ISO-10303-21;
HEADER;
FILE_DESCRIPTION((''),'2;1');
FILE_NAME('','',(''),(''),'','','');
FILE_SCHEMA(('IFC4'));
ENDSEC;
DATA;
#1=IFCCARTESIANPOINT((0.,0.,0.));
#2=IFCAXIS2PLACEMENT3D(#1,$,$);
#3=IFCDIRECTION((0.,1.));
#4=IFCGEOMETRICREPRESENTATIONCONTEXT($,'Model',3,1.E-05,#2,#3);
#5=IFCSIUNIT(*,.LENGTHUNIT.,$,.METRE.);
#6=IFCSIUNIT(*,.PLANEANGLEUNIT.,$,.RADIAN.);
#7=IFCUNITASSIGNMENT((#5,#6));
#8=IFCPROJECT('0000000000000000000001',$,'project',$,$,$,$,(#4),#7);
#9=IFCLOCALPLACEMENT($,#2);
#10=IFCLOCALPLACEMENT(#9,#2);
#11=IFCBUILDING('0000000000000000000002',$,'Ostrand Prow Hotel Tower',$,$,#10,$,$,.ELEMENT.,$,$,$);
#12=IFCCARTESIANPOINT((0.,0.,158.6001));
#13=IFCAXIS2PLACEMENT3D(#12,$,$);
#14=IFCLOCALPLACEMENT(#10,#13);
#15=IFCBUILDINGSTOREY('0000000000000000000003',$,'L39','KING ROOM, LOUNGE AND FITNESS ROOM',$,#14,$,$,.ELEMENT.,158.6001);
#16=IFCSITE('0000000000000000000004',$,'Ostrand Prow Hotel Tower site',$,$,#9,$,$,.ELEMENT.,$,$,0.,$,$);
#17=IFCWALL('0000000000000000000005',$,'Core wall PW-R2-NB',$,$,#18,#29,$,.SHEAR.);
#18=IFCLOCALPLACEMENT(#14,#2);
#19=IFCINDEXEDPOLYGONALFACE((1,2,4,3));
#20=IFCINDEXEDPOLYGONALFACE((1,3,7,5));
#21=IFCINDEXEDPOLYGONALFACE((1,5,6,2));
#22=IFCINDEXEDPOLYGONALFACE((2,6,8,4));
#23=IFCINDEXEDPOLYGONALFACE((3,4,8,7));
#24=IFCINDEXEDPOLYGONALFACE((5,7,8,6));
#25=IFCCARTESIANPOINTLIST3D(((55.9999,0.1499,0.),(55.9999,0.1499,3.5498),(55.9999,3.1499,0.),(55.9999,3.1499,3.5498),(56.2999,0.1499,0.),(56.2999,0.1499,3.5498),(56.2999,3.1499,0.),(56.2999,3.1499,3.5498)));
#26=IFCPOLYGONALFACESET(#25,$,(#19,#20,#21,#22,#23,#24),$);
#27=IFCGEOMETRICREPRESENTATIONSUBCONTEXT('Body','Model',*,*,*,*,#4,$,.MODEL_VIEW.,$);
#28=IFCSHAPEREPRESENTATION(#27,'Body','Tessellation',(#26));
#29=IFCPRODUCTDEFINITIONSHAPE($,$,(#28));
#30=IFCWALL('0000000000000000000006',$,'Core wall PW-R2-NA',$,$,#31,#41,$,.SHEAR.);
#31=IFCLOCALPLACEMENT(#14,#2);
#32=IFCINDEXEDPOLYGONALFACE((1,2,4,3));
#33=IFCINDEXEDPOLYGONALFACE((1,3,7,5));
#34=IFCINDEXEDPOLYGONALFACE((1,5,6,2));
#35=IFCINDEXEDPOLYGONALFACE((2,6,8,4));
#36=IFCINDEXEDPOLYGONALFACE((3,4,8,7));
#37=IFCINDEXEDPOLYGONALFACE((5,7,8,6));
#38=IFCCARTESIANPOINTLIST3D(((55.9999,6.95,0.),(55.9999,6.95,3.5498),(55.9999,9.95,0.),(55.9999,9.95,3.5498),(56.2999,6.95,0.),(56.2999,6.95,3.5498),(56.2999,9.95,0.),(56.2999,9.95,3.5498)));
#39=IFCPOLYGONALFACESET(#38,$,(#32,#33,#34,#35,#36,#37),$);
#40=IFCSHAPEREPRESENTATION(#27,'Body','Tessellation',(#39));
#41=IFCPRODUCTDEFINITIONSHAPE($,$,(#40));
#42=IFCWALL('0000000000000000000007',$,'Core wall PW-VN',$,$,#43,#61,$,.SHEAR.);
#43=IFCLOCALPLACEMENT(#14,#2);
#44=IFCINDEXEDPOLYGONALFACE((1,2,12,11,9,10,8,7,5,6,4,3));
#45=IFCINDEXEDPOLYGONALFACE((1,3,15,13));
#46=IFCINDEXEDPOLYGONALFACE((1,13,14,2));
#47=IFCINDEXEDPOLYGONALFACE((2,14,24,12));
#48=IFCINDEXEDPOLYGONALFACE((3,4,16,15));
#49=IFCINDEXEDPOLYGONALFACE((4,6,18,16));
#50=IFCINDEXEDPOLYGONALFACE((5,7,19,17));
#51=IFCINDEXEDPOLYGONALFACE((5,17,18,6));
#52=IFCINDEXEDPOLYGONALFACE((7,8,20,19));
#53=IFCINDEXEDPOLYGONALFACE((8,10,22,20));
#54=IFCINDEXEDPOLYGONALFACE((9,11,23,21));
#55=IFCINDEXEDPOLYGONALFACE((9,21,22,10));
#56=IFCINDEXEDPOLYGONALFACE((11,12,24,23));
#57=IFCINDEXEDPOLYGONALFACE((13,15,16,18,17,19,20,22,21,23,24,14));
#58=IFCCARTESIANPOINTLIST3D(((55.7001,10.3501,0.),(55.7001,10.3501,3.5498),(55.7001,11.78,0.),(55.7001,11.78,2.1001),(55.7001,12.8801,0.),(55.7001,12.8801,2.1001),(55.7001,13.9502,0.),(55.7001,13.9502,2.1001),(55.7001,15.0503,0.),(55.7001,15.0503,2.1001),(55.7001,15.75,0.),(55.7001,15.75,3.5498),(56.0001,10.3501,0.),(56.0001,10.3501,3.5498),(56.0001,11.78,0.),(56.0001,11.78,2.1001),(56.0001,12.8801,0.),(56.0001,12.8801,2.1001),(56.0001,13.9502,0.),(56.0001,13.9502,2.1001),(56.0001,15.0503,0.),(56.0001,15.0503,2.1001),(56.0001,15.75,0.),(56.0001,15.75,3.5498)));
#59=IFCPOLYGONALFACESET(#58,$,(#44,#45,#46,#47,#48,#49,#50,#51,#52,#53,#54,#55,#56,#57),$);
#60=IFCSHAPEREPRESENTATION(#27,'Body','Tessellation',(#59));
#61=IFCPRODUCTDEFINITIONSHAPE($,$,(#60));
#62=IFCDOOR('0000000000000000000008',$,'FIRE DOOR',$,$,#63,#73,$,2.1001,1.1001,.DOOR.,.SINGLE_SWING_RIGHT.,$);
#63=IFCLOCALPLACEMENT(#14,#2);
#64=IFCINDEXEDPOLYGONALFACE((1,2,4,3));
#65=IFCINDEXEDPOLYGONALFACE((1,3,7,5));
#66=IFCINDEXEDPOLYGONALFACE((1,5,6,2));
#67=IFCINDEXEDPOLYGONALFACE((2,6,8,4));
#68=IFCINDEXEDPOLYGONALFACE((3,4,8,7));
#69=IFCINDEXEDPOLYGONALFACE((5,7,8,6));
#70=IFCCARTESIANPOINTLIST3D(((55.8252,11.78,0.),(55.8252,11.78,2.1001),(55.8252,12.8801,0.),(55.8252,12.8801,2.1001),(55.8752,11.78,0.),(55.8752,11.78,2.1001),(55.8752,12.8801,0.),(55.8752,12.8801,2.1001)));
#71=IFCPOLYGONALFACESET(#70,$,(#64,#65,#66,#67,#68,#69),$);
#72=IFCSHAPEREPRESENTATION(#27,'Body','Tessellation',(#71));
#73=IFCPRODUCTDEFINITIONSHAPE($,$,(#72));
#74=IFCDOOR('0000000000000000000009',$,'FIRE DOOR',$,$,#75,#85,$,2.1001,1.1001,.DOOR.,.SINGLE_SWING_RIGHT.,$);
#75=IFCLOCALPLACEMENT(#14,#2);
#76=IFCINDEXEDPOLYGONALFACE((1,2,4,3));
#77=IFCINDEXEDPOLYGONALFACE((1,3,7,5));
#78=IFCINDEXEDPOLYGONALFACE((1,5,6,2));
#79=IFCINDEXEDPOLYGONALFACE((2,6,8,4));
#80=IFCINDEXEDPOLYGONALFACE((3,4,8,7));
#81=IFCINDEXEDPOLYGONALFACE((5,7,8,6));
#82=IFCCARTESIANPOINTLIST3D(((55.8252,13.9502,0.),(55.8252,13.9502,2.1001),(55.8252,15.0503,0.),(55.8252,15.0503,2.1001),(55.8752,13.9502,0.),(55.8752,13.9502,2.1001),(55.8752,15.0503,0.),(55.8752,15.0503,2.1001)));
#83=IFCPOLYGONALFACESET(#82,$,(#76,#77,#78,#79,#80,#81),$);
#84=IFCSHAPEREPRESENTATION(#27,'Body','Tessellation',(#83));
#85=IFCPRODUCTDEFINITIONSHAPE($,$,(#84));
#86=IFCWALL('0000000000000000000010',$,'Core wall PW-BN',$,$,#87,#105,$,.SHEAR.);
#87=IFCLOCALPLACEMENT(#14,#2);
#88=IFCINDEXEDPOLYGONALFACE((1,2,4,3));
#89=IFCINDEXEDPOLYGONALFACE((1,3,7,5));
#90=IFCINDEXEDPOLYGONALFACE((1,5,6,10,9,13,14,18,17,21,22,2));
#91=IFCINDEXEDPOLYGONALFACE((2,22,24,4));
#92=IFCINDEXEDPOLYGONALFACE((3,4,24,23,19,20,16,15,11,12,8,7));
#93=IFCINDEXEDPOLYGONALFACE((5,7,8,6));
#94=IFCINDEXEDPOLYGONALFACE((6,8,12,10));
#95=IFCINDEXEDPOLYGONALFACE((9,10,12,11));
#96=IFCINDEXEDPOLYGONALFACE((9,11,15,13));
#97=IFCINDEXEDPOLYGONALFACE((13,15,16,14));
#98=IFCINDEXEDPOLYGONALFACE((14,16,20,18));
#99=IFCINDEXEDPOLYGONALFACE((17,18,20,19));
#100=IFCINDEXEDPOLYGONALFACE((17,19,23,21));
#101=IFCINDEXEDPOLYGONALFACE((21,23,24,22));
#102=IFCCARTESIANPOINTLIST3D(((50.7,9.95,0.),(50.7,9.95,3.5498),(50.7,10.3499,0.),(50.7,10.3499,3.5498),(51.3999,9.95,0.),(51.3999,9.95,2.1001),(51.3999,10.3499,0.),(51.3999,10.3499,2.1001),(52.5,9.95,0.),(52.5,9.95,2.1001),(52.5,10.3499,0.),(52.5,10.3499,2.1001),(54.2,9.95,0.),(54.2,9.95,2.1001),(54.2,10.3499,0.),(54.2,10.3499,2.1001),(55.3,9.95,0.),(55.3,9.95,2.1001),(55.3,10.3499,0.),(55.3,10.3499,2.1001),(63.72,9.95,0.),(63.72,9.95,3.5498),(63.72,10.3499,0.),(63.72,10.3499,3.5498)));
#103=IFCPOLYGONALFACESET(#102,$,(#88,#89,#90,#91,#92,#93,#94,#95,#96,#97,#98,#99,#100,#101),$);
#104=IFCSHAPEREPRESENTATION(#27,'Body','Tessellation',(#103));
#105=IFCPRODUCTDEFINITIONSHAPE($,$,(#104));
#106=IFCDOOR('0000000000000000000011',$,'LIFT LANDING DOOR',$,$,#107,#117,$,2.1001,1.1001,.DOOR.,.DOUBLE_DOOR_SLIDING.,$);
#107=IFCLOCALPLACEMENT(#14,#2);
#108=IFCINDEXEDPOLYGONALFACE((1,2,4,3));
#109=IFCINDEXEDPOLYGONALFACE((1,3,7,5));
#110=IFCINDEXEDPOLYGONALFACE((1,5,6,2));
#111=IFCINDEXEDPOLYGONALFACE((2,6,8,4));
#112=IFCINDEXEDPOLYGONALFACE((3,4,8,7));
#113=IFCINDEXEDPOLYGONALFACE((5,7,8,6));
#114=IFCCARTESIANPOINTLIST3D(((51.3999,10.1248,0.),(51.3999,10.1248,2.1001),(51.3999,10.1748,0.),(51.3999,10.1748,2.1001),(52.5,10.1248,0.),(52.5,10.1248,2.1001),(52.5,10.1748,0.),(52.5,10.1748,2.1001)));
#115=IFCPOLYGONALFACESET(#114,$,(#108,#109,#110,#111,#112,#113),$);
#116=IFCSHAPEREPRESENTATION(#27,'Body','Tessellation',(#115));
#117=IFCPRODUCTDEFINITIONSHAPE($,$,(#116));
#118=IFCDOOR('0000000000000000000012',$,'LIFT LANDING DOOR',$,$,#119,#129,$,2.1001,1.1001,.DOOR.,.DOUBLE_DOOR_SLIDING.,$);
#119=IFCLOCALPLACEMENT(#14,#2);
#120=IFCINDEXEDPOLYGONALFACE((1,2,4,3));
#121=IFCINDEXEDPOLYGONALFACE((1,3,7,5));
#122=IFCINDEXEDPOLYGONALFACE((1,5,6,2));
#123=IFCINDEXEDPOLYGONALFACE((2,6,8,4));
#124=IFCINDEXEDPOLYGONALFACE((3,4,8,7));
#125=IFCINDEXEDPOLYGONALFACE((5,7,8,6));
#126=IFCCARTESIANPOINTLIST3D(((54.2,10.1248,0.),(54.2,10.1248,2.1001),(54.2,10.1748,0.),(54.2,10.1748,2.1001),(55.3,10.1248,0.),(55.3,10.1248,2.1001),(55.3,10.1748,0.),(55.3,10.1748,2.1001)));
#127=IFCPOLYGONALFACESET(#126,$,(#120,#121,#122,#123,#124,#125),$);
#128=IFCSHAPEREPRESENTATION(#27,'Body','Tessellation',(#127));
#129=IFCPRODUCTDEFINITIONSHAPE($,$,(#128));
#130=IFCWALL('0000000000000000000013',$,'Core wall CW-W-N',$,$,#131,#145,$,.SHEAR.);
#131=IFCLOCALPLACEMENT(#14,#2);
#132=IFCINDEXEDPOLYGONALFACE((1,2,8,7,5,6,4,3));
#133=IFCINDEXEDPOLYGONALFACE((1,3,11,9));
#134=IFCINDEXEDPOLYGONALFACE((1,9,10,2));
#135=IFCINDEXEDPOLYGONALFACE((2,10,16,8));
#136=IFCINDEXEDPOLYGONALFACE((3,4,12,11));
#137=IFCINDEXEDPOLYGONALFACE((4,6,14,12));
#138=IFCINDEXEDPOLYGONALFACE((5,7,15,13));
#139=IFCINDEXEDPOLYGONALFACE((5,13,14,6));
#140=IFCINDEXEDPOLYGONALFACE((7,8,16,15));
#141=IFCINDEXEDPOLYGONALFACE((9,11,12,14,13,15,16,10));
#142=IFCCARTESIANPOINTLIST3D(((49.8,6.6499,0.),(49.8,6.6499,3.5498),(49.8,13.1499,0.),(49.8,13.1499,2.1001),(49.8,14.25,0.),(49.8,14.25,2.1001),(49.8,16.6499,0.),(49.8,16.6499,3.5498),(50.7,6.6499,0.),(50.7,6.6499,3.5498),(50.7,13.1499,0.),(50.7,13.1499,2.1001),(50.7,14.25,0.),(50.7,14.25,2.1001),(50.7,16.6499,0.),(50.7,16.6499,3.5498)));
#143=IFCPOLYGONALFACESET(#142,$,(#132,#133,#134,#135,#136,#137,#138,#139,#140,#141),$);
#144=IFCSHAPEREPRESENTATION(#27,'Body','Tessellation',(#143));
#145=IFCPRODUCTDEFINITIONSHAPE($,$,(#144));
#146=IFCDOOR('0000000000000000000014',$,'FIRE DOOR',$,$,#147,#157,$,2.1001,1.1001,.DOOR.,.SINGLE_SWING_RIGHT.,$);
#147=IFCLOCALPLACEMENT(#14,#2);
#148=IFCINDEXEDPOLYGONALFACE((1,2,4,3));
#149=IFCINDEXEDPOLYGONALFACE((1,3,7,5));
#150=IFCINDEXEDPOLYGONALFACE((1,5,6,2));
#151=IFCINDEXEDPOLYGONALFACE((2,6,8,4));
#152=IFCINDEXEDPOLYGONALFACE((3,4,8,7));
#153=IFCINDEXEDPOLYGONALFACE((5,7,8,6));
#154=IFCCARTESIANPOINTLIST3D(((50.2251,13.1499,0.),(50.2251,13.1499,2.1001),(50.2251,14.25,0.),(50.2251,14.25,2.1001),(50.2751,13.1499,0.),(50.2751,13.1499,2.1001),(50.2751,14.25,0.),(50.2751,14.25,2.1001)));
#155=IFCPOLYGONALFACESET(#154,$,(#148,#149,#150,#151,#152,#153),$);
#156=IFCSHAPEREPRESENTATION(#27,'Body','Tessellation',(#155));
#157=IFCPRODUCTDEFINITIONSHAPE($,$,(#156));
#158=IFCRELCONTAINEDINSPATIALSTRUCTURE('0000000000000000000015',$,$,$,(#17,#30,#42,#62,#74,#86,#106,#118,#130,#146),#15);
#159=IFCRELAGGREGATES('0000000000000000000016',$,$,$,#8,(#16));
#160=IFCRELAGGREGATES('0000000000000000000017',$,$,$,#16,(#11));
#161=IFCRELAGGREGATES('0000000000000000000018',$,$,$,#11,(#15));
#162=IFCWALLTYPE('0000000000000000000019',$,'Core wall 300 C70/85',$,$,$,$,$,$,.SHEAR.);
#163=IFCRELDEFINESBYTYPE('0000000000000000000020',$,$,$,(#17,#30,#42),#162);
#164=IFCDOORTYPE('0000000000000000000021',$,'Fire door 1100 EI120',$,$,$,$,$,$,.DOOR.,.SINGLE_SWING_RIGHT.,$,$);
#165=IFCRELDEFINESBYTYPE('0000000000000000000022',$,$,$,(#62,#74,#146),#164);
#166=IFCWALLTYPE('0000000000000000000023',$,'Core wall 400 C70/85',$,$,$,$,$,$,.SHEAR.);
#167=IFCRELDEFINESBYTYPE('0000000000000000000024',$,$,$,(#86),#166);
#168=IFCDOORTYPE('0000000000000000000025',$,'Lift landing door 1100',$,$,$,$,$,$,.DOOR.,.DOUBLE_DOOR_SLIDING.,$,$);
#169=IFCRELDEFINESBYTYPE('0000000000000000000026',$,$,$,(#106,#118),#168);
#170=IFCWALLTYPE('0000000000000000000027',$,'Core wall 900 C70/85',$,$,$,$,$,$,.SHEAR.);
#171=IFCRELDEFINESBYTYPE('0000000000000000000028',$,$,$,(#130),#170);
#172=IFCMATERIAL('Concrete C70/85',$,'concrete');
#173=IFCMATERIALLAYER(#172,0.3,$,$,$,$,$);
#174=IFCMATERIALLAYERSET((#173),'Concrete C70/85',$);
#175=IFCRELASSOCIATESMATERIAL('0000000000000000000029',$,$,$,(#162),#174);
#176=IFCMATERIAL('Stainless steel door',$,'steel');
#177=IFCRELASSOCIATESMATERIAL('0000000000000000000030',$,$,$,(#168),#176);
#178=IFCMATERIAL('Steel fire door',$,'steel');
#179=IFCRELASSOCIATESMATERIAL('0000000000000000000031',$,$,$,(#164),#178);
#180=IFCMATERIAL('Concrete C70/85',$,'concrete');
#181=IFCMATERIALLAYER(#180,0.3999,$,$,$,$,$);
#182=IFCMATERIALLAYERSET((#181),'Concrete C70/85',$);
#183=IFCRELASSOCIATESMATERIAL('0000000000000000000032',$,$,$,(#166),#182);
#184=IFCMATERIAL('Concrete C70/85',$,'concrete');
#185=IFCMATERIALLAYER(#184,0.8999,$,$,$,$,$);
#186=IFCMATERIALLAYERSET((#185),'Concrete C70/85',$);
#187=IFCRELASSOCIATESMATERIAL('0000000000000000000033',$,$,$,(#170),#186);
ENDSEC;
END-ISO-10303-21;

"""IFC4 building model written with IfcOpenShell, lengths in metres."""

from ifc_helpers import new_model, si_unit, direction, frame, frame_2d, origin, place, context, subcontext, project, spatial, rectangle, extrude, material, layer, layer_set, type_object, element, fill, save


model = new_model("IFC4")

# Units and contexts
model_context = context("Model", 3, precision=1e-05, world=origin(), true_north=direction((0.0, 1.0)))
body_context = subcontext(model_context, "Body", "Model", "MODEL_VIEW")
ifc_project = project(units=[si_unit("LENGTHUNIT", "METRE"), si_unit("PLANEANGLEUNIT", "RADIAN")], contexts=[model_context])

# Site, building, storey
site_placement = place(None, origin())
site = spatial("IfcSite", under=ifc_project, at=site_placement, Name="Ostrand Prow Hotel Tower site", CompositionType="ELEMENT", RefElevation=0.0)
building_placement = place(site_placement, origin())
building = spatial("IfcBuilding", under=site, at=building_placement, Name="Ostrand Prow Hotel Tower", CompositionType="ELEMENT")
storey_placement = place(building_placement, frame((0.0, 0.0, 158.6001)))
storey = spatial("IfcBuildingStorey", under=building, at=storey_placement, Name="L39", Description="KING ROOM, LOUNGE AND FITNESS ROOM", CompositionType="ELEMENT", Elevation=158.6001)

# Shared definitions
ifc_material_1 = material(Name="Concrete C70/85", Category="concrete")
ifc_layer_1 = layer(ifc_material_1, 0.3)
ifc_layer_set_1 = layer_set([ifc_layer_1], Name="Concrete C70/85")
wall_type_1 = type_object("IfcWallType", Name="Core wall 300 C70/85", PredefinedType="SHEAR", material=ifc_layer_set_1)
ifc_material_2 = material(Name="Stainless steel door", Category="steel")
door_type_1 = type_object("IfcDoorType", Name="Lift landing door 1100", OperationType="DOUBLE_DOOR_SLIDING", PredefinedType="DOOR", material=ifc_material_2)

# Walls
for number, where, z_axis, x_axis, name in (
    (1, (56.1499, 0.1499, 0.0), (0.0, 0.0, 1.0), (0.0, 1.0, 0.0), "Core wall PW-R2-NB"),
    (2, (56.1499, 6.95, 0.0), (0.0, 0.0, 1.0), (0.0, 1.0, 0.0), "Core wall PW-R2-NA"),
):
    element("IfcWall", number, at=place(storey_placement, frame(where, z_axis=z_axis, x_axis=x_axis)), inside=storey, type_object=wall_type_1, Name=name, PredefinedType="SHEAR", context=body_context, shape_type="SweptSolid", body=[
        extrude(rectangle(XDim=3.0, YDim=0.3, at=frame_2d((1.5, 0.0))), origin(), (0.0, 0.0, 1.0), 3.5498),
    ])

# Walls, openings, doors
wall_1_placement = place(storey_placement, frame((55.8501, 10.3501, 0.0), z_axis=(0.0, 0.0, 1.0), x_axis=(0.0, 1.0, 0.0)))
wall_1 = element("IfcWall", 3, at=wall_1_placement, inside=storey, type_object=wall_type_1, Name="Core wall PW-VN", PredefinedType="SHEAR", context=body_context, shape_type="SweptSolid", body=[
    extrude(rectangle(XDim=5.3999, YDim=0.3, at=frame_2d((2.7, 0.0))), origin(), (0.0, 0.0, 1.0), 3.5498),
])
opening_1_placement = place(wall_1_placement, frame((1.4299, 0.0, 0.0)))
opening_1 = element("IfcOpeningElement", 4, at=opening_1_placement, cuts=wall_1, PredefinedType="OPENING", context=body_context, shape_type="SweptSolid", body=[
    extrude(rectangle(XDim=1.1001, YDim=2.1001, at=frame_2d((0.55, 1.05))), frame((0.0, 0.1599, 0.0), z_axis=(0.0, -1.0, 0.0), x_axis=(1.0, 0.0, 0.0)), (0.0, 0.0, 1.0), 0.3201),
])
opening_2_placement = place(wall_1_placement, frame((3.6001, 0.0, 0.0)))
opening_2 = element("IfcOpeningElement", 5, at=opening_2_placement, cuts=wall_1, PredefinedType="OPENING", context=body_context, shape_type="SweptSolid", body=[
    extrude(rectangle(XDim=1.1001, YDim=2.1001, at=frame_2d((0.55, 1.05))), frame((0.0, 0.1599, 0.0), z_axis=(0.0, -1.0, 0.0), x_axis=(1.0, 0.0, 0.0)), (0.0, 0.0, 1.0), 0.3201),
])
ifc_material_3 = material(Name="Steel fire door", Category="steel")
door_type_2 = type_object("IfcDoorType", Name="Fire door 1100 EI120", OperationType="SINGLE_SWING_RIGHT", PredefinedType="DOOR", material=ifc_material_3)
door_1_placement = place(opening_1_placement, origin())
door_1 = element("IfcDoor", 6, at=door_1_placement, inside=storey, type_object=door_type_2, Name="FIRE DOOR", OperationType="SINGLE_SWING_RIGHT", OverallHeight=2.1001, OverallWidth=1.1001, PredefinedType="DOOR", context=body_context, shape_type="SweptSolid", body=[
    extrude(rectangle(XDim=1.1001, YDim=2.1001, at=frame_2d((0.55, 1.05))), frame((0.0, 0.0249, 0.0), z_axis=(0.0, -1.0, 0.0), x_axis=(1.0, 0.0, 0.0)), (0.0, 0.0, 1.0), 0.05),
])
fill(opening_1, door_1)
door_2_placement = place(opening_2_placement, origin())
door_2 = element("IfcDoor", 7, at=door_2_placement, inside=storey, type_object=door_type_2, Name="FIRE DOOR", OperationType="SINGLE_SWING_RIGHT", OverallHeight=2.1001, OverallWidth=1.1001, PredefinedType="DOOR", context=body_context, shape_type="SweptSolid", body=[
    extrude(rectangle(XDim=1.1001, YDim=2.1001, at=frame_2d((0.55, 1.05))), frame((0.0, 0.0249, 0.0), z_axis=(0.0, -1.0, 0.0), x_axis=(1.0, 0.0, 0.0)), (0.0, 0.0, 1.0), 0.05),
])
fill(opening_2, door_2)
ifc_material_4 = material(Name="Concrete C70/85", Category="concrete")
ifc_layer_2 = layer(ifc_material_4, 0.3999)
ifc_layer_set_2 = layer_set([ifc_layer_2], Name="Concrete C70/85")
wall_type_2 = type_object("IfcWallType", Name="Core wall 400 C70/85", PredefinedType="SHEAR", material=ifc_layer_set_2)
wall_2_placement = place(storey_placement, frame((50.7, 10.1499, 0.0), z_axis=(0.0, 0.0, 1.0), x_axis=(1.0, 0.0, 0.0)))
wall_2 = element("IfcWall", 8, at=wall_2_placement, inside=storey, type_object=wall_type_2, Name="Core wall PW-BN", PredefinedType="SHEAR", context=body_context, shape_type="SweptSolid", body=[
    extrude(rectangle(XDim=13.02, YDim=0.3999, at=frame_2d((6.51, 0.0))), origin(), (0.0, 0.0, 1.0), 3.5498),
])
opening_3_placement = place(wall_2_placement, frame((0.7, 0.0, 0.0)))
opening_3 = element("IfcOpeningElement", 9, at=opening_3_placement, cuts=wall_2, PredefinedType="OPENING", context=body_context, shape_type="SweptSolid", body=[
    extrude(rectangle(XDim=1.1001, YDim=2.1001, at=frame_2d((0.55, 1.05))), frame((0.0, 0.21, 0.0), z_axis=(0.0, -1.0, 0.0), x_axis=(1.0, 0.0, 0.0)), (0.0, 0.0, 1.0), 0.4199),
])
opening_4_placement = place(wall_2_placement, frame((3.5, 0.0, 0.0)))
opening_4 = element("IfcOpeningElement", 10, at=opening_4_placement, cuts=wall_2, PredefinedType="OPENING", context=body_context, shape_type="SweptSolid", body=[
    extrude(rectangle(XDim=1.1001, YDim=2.1001, at=frame_2d((0.55, 1.05))), frame((0.0, 0.21, 0.0), z_axis=(0.0, -1.0, 0.0), x_axis=(1.0, 0.0, 0.0)), (0.0, 0.0, 1.0), 0.4199),
])
door_3_placement = place(opening_3_placement, origin())
door_3 = element("IfcDoor", 11, at=door_3_placement, inside=storey, type_object=door_type_1, Name="LIFT LANDING DOOR", OperationType="DOUBLE_DOOR_SLIDING", OverallHeight=2.1001, OverallWidth=1.1001, PredefinedType="DOOR", context=body_context, shape_type="SweptSolid", body=[
    extrude(rectangle(XDim=1.1001, YDim=2.1001, at=frame_2d((0.55, 1.05))), frame((0.0, 0.0249, 0.0), z_axis=(0.0, -1.0, 0.0), x_axis=(1.0, 0.0, 0.0)), (0.0, 0.0, 1.0), 0.05),
])
fill(opening_3, door_3)
door_4_placement = place(opening_4_placement, origin())
door_4 = element("IfcDoor", 12, at=door_4_placement, inside=storey, type_object=door_type_1, Name="LIFT LANDING DOOR", OperationType="DOUBLE_DOOR_SLIDING", OverallHeight=2.1001, OverallWidth=1.1001, PredefinedType="DOOR", context=body_context, shape_type="SweptSolid", body=[
    extrude(rectangle(XDim=1.1001, YDim=2.1001, at=frame_2d((0.55, 1.05))), frame((0.0, 0.0249, 0.0), z_axis=(0.0, -1.0, 0.0), x_axis=(1.0, 0.0, 0.0)), (0.0, 0.0, 1.0), 0.05),
])
fill(opening_4, door_4)

# Wall, opening, door
ifc_material_5 = material(Name="Concrete C70/85", Category="concrete")
ifc_layer_3 = layer(ifc_material_5, 0.8999)
ifc_layer_set_3 = layer_set([ifc_layer_3], Name="Concrete C70/85")
wall_type_3 = type_object("IfcWallType", Name="Core wall 900 C70/85", PredefinedType="SHEAR", material=ifc_layer_set_3)
wall_3_placement = place(storey_placement, frame((50.25, 6.6499, 0.0), z_axis=(0.0, 0.0, 1.0), x_axis=(0.0, 1.0, 0.0)))
wall_3 = element("IfcWall", 13, at=wall_3_placement, inside=storey, type_object=wall_type_3, Name="Core wall CW-W-N", PredefinedType="SHEAR", context=body_context, shape_type="SweptSolid", body=[
    extrude(rectangle(XDim=10.0, YDim=0.8999, at=frame_2d((5.0, 0.0))), origin(), (0.0, 0.0, 1.0), 3.5498),
])
opening_5_placement = place(wall_3_placement, frame((6.5, 0.0, 0.0)))
opening_5 = element("IfcOpeningElement", 14, at=opening_5_placement, cuts=wall_3, PredefinedType="OPENING", context=body_context, shape_type="SweptSolid", body=[
    extrude(rectangle(XDim=1.1001, YDim=2.1001, at=frame_2d((0.55, 1.05))), frame((0.0, 0.46, 0.0), z_axis=(0.0, -1.0, 0.0), x_axis=(1.0, 0.0, 0.0)), (0.0, 0.0, 1.0), 0.9199),
])
door_5_placement = place(opening_5_placement, origin())
door_5 = element("IfcDoor", 15, at=door_5_placement, inside=storey, type_object=door_type_2, Name="FIRE DOOR", OperationType="SINGLE_SWING_RIGHT", OverallHeight=2.1001, OverallWidth=1.1001, PredefinedType="DOOR", context=body_context, shape_type="SweptSolid", body=[
    extrude(rectangle(XDim=1.1001, YDim=2.1001, at=frame_2d((0.55, 1.05))), frame((0.0, 0.0249, 0.0), z_axis=(0.0, -1.0, 0.0), x_axis=(1.0, 0.0, 0.0)), (0.0, 0.0, 1.0), 0.05),
])
fill(opening_5, door_5)

save(model, "model.ifc")
